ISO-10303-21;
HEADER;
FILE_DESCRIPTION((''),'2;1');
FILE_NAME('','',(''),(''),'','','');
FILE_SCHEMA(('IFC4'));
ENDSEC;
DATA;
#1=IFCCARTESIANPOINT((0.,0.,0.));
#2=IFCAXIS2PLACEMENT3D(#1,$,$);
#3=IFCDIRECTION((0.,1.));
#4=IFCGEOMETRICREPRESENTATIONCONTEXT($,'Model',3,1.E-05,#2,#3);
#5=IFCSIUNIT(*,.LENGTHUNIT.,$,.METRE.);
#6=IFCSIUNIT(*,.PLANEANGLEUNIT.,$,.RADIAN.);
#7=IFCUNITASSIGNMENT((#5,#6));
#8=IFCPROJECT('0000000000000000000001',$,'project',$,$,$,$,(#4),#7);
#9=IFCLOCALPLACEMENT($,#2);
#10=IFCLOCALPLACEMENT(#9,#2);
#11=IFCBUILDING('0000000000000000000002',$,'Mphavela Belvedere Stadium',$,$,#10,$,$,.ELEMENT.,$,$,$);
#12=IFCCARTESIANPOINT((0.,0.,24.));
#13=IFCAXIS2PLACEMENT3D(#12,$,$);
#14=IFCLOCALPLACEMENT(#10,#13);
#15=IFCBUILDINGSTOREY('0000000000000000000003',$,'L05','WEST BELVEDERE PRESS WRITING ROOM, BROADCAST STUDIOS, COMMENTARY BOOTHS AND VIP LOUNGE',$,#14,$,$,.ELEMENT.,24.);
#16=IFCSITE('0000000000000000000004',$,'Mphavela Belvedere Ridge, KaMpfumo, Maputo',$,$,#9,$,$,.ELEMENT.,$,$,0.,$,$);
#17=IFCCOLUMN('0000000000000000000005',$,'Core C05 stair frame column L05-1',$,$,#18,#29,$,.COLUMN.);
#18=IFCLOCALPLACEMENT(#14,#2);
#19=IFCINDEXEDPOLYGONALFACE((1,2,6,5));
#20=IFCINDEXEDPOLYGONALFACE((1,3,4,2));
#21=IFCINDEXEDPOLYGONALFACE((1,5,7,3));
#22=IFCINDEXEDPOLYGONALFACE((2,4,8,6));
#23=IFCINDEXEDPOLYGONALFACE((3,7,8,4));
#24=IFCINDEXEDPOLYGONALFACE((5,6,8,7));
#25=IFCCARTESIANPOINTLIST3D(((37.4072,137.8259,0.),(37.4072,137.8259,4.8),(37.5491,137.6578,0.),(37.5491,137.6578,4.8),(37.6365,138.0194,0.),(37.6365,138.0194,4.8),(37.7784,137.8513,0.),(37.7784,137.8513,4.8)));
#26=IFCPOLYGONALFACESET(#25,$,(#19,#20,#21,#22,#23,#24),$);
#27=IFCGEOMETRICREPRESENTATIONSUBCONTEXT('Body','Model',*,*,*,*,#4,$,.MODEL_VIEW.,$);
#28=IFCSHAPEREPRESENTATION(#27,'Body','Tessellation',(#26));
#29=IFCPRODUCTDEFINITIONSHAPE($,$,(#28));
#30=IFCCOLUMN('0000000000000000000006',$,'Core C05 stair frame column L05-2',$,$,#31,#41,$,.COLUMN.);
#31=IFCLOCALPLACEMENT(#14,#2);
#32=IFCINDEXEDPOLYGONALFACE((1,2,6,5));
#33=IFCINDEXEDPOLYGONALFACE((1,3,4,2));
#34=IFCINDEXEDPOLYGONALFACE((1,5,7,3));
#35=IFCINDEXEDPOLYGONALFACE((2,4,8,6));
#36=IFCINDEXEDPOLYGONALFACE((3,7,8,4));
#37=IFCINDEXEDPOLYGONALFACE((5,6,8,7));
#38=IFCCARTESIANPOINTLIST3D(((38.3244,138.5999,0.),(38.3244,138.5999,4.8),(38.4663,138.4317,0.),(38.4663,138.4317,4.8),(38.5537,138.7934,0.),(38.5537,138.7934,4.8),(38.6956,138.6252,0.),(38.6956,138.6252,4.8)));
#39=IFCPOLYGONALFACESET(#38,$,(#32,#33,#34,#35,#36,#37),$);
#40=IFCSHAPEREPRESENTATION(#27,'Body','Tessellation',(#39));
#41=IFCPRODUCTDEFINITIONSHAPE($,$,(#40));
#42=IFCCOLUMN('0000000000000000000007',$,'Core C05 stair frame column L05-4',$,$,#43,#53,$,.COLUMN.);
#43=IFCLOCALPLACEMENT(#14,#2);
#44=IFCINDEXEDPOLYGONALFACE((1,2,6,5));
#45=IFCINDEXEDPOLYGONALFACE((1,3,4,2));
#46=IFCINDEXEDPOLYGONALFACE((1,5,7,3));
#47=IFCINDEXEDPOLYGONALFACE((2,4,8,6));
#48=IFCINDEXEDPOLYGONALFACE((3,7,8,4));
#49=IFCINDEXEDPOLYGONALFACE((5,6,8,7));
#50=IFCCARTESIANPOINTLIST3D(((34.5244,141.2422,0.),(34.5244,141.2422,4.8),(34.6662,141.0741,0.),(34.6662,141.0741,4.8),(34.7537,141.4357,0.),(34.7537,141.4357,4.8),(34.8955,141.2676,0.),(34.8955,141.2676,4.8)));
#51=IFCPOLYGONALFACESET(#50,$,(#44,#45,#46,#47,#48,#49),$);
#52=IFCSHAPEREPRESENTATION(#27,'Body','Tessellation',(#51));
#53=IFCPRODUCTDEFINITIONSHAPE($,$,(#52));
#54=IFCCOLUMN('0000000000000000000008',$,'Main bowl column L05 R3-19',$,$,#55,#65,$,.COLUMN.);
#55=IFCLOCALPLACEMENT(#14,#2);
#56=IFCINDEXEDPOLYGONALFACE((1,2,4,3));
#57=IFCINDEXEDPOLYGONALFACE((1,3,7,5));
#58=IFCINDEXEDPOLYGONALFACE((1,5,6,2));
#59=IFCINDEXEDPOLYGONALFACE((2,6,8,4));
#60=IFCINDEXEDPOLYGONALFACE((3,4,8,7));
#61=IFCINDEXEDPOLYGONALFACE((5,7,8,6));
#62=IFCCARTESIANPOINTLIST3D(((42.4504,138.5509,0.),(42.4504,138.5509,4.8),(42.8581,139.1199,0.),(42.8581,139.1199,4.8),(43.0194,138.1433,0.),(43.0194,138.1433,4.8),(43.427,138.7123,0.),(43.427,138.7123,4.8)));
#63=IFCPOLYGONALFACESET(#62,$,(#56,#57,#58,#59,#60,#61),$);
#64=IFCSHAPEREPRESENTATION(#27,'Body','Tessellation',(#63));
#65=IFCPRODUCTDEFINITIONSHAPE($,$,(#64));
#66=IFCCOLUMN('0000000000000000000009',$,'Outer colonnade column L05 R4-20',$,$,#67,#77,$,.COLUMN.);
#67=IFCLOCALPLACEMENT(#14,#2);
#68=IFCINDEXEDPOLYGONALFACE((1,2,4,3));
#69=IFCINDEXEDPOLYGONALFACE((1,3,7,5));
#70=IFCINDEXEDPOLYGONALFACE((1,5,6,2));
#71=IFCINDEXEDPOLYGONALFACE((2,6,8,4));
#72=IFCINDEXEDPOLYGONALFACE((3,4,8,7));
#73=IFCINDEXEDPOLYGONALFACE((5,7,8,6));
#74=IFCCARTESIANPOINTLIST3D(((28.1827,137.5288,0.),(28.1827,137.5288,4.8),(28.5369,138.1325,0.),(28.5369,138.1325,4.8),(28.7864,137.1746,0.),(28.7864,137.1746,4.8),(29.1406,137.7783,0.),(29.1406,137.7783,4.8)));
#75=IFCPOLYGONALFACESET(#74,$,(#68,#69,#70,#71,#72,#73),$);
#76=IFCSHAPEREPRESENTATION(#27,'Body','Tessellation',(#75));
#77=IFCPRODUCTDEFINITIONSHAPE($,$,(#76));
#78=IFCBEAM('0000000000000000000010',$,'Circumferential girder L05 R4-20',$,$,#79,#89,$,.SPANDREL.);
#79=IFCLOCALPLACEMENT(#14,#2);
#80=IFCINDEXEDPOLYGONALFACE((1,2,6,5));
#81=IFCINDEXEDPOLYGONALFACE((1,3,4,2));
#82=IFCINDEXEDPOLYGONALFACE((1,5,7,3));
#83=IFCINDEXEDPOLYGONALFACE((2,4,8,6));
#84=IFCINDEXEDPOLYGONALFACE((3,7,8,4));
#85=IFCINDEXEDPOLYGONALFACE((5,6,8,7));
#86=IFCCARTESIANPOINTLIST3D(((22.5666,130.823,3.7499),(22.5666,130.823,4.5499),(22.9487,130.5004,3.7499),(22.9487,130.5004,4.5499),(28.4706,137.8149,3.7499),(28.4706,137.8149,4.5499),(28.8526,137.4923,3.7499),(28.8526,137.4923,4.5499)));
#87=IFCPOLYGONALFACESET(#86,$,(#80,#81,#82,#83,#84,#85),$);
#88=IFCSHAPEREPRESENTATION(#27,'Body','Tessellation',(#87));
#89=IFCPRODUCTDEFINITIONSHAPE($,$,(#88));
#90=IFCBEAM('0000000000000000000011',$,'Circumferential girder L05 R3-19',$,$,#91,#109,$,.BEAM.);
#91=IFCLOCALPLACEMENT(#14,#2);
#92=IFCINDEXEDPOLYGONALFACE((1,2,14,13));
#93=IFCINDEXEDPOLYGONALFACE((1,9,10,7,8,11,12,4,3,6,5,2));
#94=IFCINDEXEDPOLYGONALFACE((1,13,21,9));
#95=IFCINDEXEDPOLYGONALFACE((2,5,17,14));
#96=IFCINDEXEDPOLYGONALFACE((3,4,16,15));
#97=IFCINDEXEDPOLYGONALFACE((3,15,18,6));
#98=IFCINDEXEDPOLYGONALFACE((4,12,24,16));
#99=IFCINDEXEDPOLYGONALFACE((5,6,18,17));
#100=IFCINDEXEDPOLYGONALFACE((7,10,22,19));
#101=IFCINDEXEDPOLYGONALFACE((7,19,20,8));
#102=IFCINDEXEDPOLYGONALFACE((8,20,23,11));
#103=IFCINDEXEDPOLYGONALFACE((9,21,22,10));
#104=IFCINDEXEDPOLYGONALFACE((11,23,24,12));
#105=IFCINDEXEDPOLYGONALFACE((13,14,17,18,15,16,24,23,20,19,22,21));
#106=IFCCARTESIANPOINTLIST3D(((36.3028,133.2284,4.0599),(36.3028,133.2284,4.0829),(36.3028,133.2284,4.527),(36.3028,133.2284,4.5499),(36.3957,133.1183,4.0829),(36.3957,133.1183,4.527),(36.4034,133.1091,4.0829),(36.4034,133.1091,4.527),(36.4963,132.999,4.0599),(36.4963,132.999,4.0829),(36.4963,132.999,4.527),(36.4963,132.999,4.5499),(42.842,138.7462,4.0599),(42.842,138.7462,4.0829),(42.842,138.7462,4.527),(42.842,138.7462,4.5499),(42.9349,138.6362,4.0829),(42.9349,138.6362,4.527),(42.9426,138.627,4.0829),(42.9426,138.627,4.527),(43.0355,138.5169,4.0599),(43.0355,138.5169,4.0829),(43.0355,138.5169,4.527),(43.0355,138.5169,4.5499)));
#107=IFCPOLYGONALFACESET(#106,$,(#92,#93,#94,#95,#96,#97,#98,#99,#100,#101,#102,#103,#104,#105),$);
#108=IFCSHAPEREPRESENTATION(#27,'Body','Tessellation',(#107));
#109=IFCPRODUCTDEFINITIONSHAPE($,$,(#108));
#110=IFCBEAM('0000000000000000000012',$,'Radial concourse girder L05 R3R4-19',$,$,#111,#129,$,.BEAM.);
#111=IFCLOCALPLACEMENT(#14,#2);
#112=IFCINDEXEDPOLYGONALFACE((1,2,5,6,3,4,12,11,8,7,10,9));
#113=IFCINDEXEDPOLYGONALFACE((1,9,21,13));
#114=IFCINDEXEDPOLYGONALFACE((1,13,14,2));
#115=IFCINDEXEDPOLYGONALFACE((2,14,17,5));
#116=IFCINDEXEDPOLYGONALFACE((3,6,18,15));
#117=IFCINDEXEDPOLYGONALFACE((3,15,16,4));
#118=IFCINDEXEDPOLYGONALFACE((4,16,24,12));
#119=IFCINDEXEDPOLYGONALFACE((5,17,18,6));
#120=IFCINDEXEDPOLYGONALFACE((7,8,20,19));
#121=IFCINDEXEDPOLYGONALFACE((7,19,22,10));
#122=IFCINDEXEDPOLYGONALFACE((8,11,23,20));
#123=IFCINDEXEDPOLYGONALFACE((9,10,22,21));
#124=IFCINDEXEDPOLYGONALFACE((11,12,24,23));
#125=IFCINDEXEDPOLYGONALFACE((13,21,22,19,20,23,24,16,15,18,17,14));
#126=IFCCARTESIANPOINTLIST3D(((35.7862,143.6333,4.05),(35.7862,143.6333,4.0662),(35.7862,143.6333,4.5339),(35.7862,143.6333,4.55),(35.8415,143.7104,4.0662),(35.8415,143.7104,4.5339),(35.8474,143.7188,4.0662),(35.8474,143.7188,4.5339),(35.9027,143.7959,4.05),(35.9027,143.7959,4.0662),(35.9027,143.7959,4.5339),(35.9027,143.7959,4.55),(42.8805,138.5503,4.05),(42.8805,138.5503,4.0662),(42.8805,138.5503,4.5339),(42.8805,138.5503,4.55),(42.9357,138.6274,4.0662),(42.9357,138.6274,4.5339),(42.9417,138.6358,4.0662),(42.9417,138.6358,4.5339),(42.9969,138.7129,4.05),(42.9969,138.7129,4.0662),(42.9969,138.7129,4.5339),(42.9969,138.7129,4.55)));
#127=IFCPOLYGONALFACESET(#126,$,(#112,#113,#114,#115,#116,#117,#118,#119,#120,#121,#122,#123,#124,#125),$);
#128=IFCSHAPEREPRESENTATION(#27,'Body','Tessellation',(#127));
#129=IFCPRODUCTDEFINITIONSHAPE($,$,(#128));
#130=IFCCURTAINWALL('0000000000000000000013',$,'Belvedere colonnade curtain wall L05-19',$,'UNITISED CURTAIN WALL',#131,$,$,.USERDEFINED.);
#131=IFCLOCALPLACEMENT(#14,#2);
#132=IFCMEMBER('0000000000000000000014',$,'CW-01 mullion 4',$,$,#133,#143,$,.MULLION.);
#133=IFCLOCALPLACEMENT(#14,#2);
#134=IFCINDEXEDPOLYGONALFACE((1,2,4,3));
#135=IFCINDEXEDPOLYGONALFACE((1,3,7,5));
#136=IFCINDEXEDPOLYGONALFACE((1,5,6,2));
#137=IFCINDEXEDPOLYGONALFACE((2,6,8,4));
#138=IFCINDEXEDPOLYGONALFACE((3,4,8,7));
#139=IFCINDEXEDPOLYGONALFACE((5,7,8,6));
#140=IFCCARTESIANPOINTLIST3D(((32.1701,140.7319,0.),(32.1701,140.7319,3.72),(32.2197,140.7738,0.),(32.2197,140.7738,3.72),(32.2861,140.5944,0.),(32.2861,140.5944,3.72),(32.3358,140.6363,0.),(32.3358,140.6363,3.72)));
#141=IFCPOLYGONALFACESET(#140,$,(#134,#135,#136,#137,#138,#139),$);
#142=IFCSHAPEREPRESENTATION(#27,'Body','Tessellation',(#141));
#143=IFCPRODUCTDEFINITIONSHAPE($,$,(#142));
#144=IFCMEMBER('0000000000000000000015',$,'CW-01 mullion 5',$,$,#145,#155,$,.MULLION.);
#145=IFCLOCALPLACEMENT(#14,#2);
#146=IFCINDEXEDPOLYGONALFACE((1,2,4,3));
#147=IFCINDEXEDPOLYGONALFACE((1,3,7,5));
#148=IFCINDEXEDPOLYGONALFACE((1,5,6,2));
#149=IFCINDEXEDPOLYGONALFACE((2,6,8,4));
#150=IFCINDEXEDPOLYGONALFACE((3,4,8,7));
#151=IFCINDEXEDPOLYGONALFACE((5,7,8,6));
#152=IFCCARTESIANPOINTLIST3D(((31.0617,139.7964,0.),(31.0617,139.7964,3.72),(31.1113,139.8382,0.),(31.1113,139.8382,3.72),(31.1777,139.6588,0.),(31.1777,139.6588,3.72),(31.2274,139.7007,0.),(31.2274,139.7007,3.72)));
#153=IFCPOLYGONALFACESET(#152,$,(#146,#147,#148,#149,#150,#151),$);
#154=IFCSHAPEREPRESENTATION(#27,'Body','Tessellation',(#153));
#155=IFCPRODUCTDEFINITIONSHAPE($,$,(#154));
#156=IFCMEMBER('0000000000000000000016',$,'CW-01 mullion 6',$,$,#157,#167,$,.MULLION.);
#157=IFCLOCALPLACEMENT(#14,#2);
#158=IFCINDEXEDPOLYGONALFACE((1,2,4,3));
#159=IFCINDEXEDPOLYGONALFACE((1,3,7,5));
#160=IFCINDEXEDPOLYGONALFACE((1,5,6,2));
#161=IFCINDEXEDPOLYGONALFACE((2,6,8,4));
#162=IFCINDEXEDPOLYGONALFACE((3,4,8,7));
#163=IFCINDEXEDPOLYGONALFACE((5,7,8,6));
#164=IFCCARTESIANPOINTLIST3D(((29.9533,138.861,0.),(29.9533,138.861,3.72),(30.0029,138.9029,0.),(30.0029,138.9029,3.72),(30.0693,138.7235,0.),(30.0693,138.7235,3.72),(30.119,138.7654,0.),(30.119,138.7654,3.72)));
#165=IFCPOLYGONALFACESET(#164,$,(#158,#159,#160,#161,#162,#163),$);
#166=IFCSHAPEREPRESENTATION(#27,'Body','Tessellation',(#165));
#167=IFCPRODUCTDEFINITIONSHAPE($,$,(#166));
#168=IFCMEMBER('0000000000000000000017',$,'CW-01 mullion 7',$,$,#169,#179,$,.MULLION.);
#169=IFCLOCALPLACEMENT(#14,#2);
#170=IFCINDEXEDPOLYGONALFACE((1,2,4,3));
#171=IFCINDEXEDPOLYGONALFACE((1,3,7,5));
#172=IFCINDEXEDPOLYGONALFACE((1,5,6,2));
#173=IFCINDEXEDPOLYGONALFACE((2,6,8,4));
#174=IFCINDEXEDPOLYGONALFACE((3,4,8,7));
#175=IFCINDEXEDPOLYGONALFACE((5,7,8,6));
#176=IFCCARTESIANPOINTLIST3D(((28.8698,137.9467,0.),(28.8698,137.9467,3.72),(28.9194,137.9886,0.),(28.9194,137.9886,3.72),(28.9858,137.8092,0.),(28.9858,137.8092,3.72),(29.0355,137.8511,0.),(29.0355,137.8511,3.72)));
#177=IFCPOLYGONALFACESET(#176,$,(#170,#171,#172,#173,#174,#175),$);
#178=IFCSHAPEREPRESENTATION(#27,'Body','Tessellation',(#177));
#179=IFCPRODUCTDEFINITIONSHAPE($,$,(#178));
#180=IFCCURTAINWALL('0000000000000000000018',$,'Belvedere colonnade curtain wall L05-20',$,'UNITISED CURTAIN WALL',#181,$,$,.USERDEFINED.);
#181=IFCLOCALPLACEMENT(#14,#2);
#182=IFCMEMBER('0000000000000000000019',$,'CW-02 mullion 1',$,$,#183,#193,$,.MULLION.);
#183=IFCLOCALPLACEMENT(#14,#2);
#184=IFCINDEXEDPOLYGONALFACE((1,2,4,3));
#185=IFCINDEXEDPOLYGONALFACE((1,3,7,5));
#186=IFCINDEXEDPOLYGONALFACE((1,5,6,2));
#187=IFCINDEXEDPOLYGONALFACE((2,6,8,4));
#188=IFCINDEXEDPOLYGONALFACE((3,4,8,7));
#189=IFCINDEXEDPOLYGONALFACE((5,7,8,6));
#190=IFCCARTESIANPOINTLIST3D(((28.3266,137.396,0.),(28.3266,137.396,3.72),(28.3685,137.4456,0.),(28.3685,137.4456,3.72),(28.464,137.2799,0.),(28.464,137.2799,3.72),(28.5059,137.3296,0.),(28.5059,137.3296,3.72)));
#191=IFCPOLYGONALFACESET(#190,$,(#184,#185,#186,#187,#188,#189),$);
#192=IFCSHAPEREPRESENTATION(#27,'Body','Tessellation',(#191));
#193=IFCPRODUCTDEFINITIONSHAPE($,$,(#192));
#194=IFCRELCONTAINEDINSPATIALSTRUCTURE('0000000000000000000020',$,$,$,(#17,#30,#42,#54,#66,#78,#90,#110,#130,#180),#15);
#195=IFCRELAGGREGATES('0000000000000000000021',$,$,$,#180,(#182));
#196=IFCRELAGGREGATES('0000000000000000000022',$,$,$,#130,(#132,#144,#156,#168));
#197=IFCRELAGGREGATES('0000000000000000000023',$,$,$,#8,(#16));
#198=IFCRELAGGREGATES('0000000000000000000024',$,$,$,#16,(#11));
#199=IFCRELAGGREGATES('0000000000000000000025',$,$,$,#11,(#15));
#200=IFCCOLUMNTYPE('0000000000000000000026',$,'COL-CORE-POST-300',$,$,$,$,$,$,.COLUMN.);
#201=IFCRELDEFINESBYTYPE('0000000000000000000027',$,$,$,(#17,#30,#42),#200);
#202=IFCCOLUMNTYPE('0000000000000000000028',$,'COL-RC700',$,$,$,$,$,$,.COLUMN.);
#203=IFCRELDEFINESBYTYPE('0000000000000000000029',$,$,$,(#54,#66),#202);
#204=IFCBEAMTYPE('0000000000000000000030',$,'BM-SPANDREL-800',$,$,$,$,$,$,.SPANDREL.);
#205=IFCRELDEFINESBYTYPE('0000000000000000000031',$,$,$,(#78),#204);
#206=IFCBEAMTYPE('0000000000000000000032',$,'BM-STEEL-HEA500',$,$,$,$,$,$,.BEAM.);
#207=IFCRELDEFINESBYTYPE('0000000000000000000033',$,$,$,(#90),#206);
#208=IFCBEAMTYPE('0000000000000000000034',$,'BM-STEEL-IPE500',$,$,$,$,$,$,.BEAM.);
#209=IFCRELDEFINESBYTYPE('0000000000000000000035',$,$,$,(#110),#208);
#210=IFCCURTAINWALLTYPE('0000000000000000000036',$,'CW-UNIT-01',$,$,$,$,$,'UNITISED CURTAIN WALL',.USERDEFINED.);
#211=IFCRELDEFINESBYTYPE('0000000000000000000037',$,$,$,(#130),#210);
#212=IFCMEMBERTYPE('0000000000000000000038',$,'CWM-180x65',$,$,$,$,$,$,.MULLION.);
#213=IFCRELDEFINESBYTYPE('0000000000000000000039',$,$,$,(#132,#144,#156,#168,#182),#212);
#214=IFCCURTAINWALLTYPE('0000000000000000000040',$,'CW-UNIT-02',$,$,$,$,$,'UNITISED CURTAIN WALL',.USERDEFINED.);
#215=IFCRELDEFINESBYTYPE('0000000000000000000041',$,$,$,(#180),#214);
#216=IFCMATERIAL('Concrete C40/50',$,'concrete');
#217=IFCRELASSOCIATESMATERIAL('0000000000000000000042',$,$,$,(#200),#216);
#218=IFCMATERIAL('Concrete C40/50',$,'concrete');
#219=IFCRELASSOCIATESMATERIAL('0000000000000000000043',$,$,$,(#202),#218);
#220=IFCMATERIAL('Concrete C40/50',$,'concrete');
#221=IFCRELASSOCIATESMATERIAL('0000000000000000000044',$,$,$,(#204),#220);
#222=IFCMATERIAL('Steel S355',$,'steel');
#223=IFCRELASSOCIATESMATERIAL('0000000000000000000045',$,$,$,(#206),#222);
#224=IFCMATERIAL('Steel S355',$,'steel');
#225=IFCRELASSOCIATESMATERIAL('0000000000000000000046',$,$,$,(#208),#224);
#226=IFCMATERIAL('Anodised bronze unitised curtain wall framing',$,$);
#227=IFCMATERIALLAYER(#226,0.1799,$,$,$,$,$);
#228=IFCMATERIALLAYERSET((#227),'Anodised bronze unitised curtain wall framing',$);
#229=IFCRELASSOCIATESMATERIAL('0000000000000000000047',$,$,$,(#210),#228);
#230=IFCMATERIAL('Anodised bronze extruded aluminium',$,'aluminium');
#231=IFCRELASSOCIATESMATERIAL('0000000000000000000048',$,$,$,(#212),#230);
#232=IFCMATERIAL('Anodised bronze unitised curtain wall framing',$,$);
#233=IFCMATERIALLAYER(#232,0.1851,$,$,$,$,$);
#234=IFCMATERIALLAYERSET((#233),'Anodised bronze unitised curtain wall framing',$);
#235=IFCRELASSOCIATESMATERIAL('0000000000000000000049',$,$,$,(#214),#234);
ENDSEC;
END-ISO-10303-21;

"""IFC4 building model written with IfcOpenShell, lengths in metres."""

from ifc_helpers import new_model, si_unit, direction, frame, origin, origin_2d, place, context, subcontext, project, spatial, rectangle, i_section, extrude, material, layer, layer_set, material_profile, profile_set, type_object, element, aggregate, save


model = new_model("IFC4")

# Units and contexts
model_context = context("Model", 3, precision=1e-05, world=origin(), true_north=direction((0.0, 1.0)))
body_context = subcontext(model_context, "Body", "Model", "MODEL_VIEW")
ifc_project = project(units=[si_unit("LENGTHUNIT", "METRE"), si_unit("PLANEANGLEUNIT", "RADIAN")], contexts=[model_context])

# Site, building, storey
site_placement = place(None, origin())
site = spatial("IfcSite", under=ifc_project, at=site_placement, Name="Mphavela Belvedere Ridge, KaMpfumo, Maputo", CompositionType="ELEMENT", RefElevation=0.0)
building_placement = place(site_placement, origin())
building = spatial("IfcBuilding", under=site, at=building_placement, Name="Mphavela Belvedere Stadium", CompositionType="ELEMENT")
storey_placement = place(building_placement, frame((0.0, 0.0, 24.0)))
storey = spatial("IfcBuildingStorey", under=building, at=storey_placement, Name="L05", Description="WEST BELVEDERE PRESS WRITING ROOM, BROADCAST STUDIOS, COMMENTARY BOOTHS AND VIP LOUNGE", CompositionType="ELEMENT", Elevation=24.0)

# Columns
ifc_material_1 = material(Name="Concrete C40/50", Category="concrete")
ifc_material_profile_1 = material_profile(ifc_material_1, rectangle(XDim=0.3, YDim=0.22, at=origin_2d()), Name="RC 300x220")
ifc_profile_set_1 = profile_set([ifc_material_profile_1], Name="Concrete C40/50")
column_type_1 = type_object("IfcColumnType", Name="COL-CORE-POST-300", PredefinedType="COLUMN", material=ifc_profile_set_1)
for number, where, z_axis, x_axis, name in (
    (1, (37.5928, 137.8386, 0.0), (0.0, 0.0, 1.0), (0.764246, 0.644924, 0.0), "Core C05 stair frame column L05-1"),
    (2, (38.51, 138.6125, 0.0), (0.0, 0.0, 1.0), (0.764246, 0.644924, 0.0), "Core C05 stair frame column L05-2"),
    (3, (34.71, 141.2549, 0.0), (0.0, 0.0, 1.0), (0.764246, 0.644924, 0.0), "Core C05 stair frame column L05-4"),
):
    element("IfcColumn", number, at=place(storey_placement, frame(where, z_axis=z_axis, x_axis=x_axis)), inside=storey, type_object=column_type_1, Name=name, PredefinedType="COLUMN", context=body_context, shape_type="SweptSolid", body=[
        extrude(rectangle(XDim=0.3, YDim=0.22, at=origin_2d()), origin(), (0.0, 0.0, 1.0), 4.8),
    ])
ifc_material_2 = material(Name="Concrete C40/50", Category="concrete")
ifc_material_profile_2 = material_profile(ifc_material_2, rectangle(XDim=0.7, YDim=0.7, at=origin_2d()), Name="RC 700x700")
ifc_profile_set_2 = profile_set([ifc_material_profile_2], Name="Concrete C40/50")
column_type_2 = type_object("IfcColumnType", Name="COL-RC700", PredefinedType="COLUMN", material=ifc_profile_set_2)
for number, where, z_axis, x_axis, name in (
    (4, (42.9387, 138.6316, 0.0), (0.0, 0.0, 1.0), (-0.812898, 0.582407, 0.0), "Main bowl column L05 R3-19"),
    (5, (28.6616, 137.6536, 0.0), (0.0, 0.0, 1.0), (-0.862514, 0.506034, 0.0), "Outer colonnade column L05 R4-20"),
):
    element("IfcColumn", number, at=place(storey_placement, frame(where, z_axis=z_axis, x_axis=x_axis)), inside=storey, type_object=column_type_2, Name=name, PredefinedType="COLUMN", context=body_context, shape_type="SweptSolid", body=[
        extrude(rectangle(XDim=0.7, YDim=0.7, at=origin_2d()), origin(), (0.0, 0.0, 1.0), 4.8),
    ])

# Beams
ifc_material_3 = material(Name="Concrete C40/50", Category="concrete")
ifc_material_profile_3 = material_profile(ifc_material_3, rectangle(XDim=0.5, YDim=0.8, at=origin_2d()), Name="RC 500x800")
ifc_profile_set_3 = profile_set([ifc_material_profile_3], Name="Concrete C40/50")
beam_type_1 = type_object("IfcBeamType", Name="BM-SPANDREL-800", PredefinedType="SPANDREL", material=ifc_profile_set_3)
beam_1_placement = place(storey_placement, frame((28.6616, 137.6536, 4.1499), z_axis=(-0.645165, -0.764044, 0.0), x_axis=(0.764044, -0.645165, 0.0)))
element("IfcBeam", 6, at=beam_1_placement, inside=storey, type_object=beam_type_1, Name="Circumferential girder L05 R4-20", PredefinedType="SPANDREL", context=body_context, shape_type="SweptSolid", body=[
    extrude(rectangle(XDim=0.5, YDim=0.8, at=origin_2d()), origin(), (0.0, 0.0, 1.0), 9.1511),
])
ifc_material_4 = material(Name="Steel S355", Category="steel")
ifc_material_profile_4 = material_profile(ifc_material_4, i_section(OverallWidth=0.3, OverallDepth=0.49, WebThickness=0.012, FlangeThickness=0.0229, at=origin_2d()), Name="HEA 500")
ifc_profile_set_4 = profile_set([ifc_material_profile_4], Name="Steel S355")
beam_type_2 = type_object("IfcBeamType", Name="BM-STEEL-HEA500", PredefinedType="BEAM", material=ifc_profile_set_4)
beam_2_placement = place(storey_placement, frame((42.9387, 138.6316, 4.3049), z_axis=(-0.764263, -0.644904, 0.0), x_axis=(0.644904, -0.764263, 0.0)))
element("IfcBeam", 7, at=beam_2_placement, inside=storey, type_object=beam_type_2, Name="Circumferential girder L05 R3-19", PredefinedType="BEAM", context=body_context, shape_type="SweptSolid", body=[
    extrude(i_section(OverallWidth=0.3, OverallDepth=0.49, WebThickness=0.012, FlangeThickness=0.0229, at=origin_2d()), origin(), (0.0, 0.0, 1.0), 8.5562),
])
ifc_material_5 = material(Name="Steel S355", Category="steel")
ifc_material_profile_5 = material_profile(ifc_material_5, i_section(OverallWidth=0.2, OverallDepth=0.5, WebThickness=0.0103, FlangeThickness=0.0161, at=origin_2d()), Name="IPE 500")
ifc_profile_set_5 = profile_set([ifc_material_profile_5], Name="Steel S355")
beam_type_3 = type_object("IfcBeamType", Name="BM-STEEL-IPE500", PredefinedType="BEAM", material=ifc_profile_set_5)
beam_3_placement = place(storey_placement, frame((42.9387, 138.6316, 4.3), z_axis=(-0.812882, 0.582428, 0.0), x_axis=(-0.582428, -0.812882, 0.0)))
element("IfcBeam", 8, at=beam_3_placement, inside=storey, type_object=beam_type_3, Name="Radial concourse girder L05 R3R4-19", PredefinedType="BEAM", context=body_context, shape_type="SweptSolid", body=[
    extrude(i_section(OverallWidth=0.2, OverallDepth=0.5, WebThickness=0.0103, FlangeThickness=0.0161, at=origin_2d()), origin(), (0.0, 0.0, 1.0), 8.7273),
])

# Curtain wall, members
ifc_material_6 = material(Name="Anodised bronze unitised curtain wall framing")
ifc_layer_1 = layer(ifc_material_6, 0.1799)
ifc_layer_set_1 = layer_set([ifc_layer_1], Name="Anodised bronze unitised curtain wall framing")
curtain_wall_type_1 = type_object("IfcCurtainWallType", Name="CW-UNIT-01", ElementType="UNITISED CURTAIN WALL", PredefinedType="USERDEFINED", material=ifc_layer_set_1)
curtain_wall_1_placement = place(storey_placement, origin())
curtain_wall_1 = element("IfcCurtainWall", 9, at=curtain_wall_1_placement, inside=storey, type_object=curtain_wall_type_1, Name="Belvedere colonnade curtain wall L05-19", ObjectType="UNITISED CURTAIN WALL", PredefinedType="USERDEFINED")
ifc_material_7 = material(Name="Anodised bronze extruded aluminium", Category="aluminium")
ifc_material_profile_6 = material_profile(ifc_material_7, rectangle(XDim=0.1799, YDim=0.0649, at=origin_2d()), Name="CW-MUL 180x65")
ifc_profile_set_6 = profile_set([ifc_material_profile_6], Name="Anodised bronze extruded aluminium")
member_type_1 = type_object("IfcMemberType", Name="CWM-180x65", PredefinedType="MULLION", material=ifc_profile_set_6)
member_1_placement = place(storey_placement, frame((32.2529, 140.6841, 0.0), z_axis=(0.0, 0.0, 1.0), x_axis=(0.644916, -0.764253, 0.0)))
member_1 = element("IfcMember", 10, at=member_1_placement, type_object=member_type_1, Name="CW-01 mullion 4", PredefinedType="MULLION", context=body_context, shape_type="SweptSolid", body=[
    extrude(rectangle(XDim=0.1799, YDim=0.0649, at=origin_2d()), origin(), (0.0, 0.0, 1.0), 3.72),
])
member_2_placement = place(storey_placement, frame((31.1445, 139.7485, 0.0), z_axis=(0.0, 0.0, 1.0), x_axis=(0.644916, -0.764253, 0.0)))
member_2 = element("IfcMember", 11, at=member_2_placement, type_object=member_type_1, Name="CW-01 mullion 5", PredefinedType="MULLION", context=body_context, shape_type="SweptSolid", body=[
    extrude(rectangle(XDim=0.1799, YDim=0.0649, at=origin_2d()), origin(), (0.0, 0.0, 1.0), 3.72),
])
member_3_placement = place(storey_placement, frame((30.0361, 138.8132, 0.0), z_axis=(0.0, 0.0, 1.0), x_axis=(0.644916, -0.764253, 0.0)))
member_3 = element("IfcMember", 12, at=member_3_placement, type_object=member_type_1, Name="CW-01 mullion 6", PredefinedType="MULLION", context=body_context, shape_type="SweptSolid", body=[
    extrude(rectangle(XDim=0.1799, YDim=0.0649, at=origin_2d()), origin(), (0.0, 0.0, 1.0), 3.72),
])
member_4_placement = place(storey_placement, frame((28.9526, 137.8989, 0.0), z_axis=(0.0, 0.0, 1.0), x_axis=(0.644916, -0.764253, 0.0)))
member_4 = element("IfcMember", 13, at=member_4_placement, type_object=member_type_1, Name="CW-01 mullion 7", PredefinedType="MULLION", context=body_context, shape_type="SweptSolid", body=[
    extrude(rectangle(XDim=0.1799, YDim=0.0649, at=origin_2d()), origin(), (0.0, 0.0, 1.0), 3.72),
])

# Curtain wall, member
ifc_material_8 = material(Name="Anodised bronze unitised curtain wall framing")
ifc_layer_2 = layer(ifc_material_8, 0.1851)
ifc_layer_set_2 = layer_set([ifc_layer_2], Name="Anodised bronze unitised curtain wall framing")
curtain_wall_type_2 = type_object("IfcCurtainWallType", Name="CW-UNIT-02", ElementType="UNITISED CURTAIN WALL", PredefinedType="USERDEFINED", material=ifc_layer_set_2)
curtain_wall_2_placement = place(storey_placement, origin())
curtain_wall_2 = element("IfcCurtainWall", 14, at=curtain_wall_2_placement, inside=storey, type_object=curtain_wall_type_2, Name="Belvedere colonnade curtain wall L05-20", ObjectType="UNITISED CURTAIN WALL", PredefinedType="USERDEFINED")
member_5_placement = place(storey_placement, frame((28.4163, 137.3628, 0.0), z_axis=(0.0, 0.0, 1.0), x_axis=(0.764035, -0.645175, 0.0)))
member_5 = element("IfcMember", 15, at=member_5_placement, type_object=member_type_1, Name="CW-02 mullion 1", PredefinedType="MULLION", context=body_context, shape_type="SweptSolid", body=[
    extrude(rectangle(XDim=0.1799, YDim=0.0649, at=origin_2d()), origin(), (0.0, 0.0, 1.0), 3.72),
])
aggregate(curtain_wall_2, [member_5])

aggregate(curtain_wall_1, [member_1, member_2, member_3, member_4])

save(model, "model.ifc")
